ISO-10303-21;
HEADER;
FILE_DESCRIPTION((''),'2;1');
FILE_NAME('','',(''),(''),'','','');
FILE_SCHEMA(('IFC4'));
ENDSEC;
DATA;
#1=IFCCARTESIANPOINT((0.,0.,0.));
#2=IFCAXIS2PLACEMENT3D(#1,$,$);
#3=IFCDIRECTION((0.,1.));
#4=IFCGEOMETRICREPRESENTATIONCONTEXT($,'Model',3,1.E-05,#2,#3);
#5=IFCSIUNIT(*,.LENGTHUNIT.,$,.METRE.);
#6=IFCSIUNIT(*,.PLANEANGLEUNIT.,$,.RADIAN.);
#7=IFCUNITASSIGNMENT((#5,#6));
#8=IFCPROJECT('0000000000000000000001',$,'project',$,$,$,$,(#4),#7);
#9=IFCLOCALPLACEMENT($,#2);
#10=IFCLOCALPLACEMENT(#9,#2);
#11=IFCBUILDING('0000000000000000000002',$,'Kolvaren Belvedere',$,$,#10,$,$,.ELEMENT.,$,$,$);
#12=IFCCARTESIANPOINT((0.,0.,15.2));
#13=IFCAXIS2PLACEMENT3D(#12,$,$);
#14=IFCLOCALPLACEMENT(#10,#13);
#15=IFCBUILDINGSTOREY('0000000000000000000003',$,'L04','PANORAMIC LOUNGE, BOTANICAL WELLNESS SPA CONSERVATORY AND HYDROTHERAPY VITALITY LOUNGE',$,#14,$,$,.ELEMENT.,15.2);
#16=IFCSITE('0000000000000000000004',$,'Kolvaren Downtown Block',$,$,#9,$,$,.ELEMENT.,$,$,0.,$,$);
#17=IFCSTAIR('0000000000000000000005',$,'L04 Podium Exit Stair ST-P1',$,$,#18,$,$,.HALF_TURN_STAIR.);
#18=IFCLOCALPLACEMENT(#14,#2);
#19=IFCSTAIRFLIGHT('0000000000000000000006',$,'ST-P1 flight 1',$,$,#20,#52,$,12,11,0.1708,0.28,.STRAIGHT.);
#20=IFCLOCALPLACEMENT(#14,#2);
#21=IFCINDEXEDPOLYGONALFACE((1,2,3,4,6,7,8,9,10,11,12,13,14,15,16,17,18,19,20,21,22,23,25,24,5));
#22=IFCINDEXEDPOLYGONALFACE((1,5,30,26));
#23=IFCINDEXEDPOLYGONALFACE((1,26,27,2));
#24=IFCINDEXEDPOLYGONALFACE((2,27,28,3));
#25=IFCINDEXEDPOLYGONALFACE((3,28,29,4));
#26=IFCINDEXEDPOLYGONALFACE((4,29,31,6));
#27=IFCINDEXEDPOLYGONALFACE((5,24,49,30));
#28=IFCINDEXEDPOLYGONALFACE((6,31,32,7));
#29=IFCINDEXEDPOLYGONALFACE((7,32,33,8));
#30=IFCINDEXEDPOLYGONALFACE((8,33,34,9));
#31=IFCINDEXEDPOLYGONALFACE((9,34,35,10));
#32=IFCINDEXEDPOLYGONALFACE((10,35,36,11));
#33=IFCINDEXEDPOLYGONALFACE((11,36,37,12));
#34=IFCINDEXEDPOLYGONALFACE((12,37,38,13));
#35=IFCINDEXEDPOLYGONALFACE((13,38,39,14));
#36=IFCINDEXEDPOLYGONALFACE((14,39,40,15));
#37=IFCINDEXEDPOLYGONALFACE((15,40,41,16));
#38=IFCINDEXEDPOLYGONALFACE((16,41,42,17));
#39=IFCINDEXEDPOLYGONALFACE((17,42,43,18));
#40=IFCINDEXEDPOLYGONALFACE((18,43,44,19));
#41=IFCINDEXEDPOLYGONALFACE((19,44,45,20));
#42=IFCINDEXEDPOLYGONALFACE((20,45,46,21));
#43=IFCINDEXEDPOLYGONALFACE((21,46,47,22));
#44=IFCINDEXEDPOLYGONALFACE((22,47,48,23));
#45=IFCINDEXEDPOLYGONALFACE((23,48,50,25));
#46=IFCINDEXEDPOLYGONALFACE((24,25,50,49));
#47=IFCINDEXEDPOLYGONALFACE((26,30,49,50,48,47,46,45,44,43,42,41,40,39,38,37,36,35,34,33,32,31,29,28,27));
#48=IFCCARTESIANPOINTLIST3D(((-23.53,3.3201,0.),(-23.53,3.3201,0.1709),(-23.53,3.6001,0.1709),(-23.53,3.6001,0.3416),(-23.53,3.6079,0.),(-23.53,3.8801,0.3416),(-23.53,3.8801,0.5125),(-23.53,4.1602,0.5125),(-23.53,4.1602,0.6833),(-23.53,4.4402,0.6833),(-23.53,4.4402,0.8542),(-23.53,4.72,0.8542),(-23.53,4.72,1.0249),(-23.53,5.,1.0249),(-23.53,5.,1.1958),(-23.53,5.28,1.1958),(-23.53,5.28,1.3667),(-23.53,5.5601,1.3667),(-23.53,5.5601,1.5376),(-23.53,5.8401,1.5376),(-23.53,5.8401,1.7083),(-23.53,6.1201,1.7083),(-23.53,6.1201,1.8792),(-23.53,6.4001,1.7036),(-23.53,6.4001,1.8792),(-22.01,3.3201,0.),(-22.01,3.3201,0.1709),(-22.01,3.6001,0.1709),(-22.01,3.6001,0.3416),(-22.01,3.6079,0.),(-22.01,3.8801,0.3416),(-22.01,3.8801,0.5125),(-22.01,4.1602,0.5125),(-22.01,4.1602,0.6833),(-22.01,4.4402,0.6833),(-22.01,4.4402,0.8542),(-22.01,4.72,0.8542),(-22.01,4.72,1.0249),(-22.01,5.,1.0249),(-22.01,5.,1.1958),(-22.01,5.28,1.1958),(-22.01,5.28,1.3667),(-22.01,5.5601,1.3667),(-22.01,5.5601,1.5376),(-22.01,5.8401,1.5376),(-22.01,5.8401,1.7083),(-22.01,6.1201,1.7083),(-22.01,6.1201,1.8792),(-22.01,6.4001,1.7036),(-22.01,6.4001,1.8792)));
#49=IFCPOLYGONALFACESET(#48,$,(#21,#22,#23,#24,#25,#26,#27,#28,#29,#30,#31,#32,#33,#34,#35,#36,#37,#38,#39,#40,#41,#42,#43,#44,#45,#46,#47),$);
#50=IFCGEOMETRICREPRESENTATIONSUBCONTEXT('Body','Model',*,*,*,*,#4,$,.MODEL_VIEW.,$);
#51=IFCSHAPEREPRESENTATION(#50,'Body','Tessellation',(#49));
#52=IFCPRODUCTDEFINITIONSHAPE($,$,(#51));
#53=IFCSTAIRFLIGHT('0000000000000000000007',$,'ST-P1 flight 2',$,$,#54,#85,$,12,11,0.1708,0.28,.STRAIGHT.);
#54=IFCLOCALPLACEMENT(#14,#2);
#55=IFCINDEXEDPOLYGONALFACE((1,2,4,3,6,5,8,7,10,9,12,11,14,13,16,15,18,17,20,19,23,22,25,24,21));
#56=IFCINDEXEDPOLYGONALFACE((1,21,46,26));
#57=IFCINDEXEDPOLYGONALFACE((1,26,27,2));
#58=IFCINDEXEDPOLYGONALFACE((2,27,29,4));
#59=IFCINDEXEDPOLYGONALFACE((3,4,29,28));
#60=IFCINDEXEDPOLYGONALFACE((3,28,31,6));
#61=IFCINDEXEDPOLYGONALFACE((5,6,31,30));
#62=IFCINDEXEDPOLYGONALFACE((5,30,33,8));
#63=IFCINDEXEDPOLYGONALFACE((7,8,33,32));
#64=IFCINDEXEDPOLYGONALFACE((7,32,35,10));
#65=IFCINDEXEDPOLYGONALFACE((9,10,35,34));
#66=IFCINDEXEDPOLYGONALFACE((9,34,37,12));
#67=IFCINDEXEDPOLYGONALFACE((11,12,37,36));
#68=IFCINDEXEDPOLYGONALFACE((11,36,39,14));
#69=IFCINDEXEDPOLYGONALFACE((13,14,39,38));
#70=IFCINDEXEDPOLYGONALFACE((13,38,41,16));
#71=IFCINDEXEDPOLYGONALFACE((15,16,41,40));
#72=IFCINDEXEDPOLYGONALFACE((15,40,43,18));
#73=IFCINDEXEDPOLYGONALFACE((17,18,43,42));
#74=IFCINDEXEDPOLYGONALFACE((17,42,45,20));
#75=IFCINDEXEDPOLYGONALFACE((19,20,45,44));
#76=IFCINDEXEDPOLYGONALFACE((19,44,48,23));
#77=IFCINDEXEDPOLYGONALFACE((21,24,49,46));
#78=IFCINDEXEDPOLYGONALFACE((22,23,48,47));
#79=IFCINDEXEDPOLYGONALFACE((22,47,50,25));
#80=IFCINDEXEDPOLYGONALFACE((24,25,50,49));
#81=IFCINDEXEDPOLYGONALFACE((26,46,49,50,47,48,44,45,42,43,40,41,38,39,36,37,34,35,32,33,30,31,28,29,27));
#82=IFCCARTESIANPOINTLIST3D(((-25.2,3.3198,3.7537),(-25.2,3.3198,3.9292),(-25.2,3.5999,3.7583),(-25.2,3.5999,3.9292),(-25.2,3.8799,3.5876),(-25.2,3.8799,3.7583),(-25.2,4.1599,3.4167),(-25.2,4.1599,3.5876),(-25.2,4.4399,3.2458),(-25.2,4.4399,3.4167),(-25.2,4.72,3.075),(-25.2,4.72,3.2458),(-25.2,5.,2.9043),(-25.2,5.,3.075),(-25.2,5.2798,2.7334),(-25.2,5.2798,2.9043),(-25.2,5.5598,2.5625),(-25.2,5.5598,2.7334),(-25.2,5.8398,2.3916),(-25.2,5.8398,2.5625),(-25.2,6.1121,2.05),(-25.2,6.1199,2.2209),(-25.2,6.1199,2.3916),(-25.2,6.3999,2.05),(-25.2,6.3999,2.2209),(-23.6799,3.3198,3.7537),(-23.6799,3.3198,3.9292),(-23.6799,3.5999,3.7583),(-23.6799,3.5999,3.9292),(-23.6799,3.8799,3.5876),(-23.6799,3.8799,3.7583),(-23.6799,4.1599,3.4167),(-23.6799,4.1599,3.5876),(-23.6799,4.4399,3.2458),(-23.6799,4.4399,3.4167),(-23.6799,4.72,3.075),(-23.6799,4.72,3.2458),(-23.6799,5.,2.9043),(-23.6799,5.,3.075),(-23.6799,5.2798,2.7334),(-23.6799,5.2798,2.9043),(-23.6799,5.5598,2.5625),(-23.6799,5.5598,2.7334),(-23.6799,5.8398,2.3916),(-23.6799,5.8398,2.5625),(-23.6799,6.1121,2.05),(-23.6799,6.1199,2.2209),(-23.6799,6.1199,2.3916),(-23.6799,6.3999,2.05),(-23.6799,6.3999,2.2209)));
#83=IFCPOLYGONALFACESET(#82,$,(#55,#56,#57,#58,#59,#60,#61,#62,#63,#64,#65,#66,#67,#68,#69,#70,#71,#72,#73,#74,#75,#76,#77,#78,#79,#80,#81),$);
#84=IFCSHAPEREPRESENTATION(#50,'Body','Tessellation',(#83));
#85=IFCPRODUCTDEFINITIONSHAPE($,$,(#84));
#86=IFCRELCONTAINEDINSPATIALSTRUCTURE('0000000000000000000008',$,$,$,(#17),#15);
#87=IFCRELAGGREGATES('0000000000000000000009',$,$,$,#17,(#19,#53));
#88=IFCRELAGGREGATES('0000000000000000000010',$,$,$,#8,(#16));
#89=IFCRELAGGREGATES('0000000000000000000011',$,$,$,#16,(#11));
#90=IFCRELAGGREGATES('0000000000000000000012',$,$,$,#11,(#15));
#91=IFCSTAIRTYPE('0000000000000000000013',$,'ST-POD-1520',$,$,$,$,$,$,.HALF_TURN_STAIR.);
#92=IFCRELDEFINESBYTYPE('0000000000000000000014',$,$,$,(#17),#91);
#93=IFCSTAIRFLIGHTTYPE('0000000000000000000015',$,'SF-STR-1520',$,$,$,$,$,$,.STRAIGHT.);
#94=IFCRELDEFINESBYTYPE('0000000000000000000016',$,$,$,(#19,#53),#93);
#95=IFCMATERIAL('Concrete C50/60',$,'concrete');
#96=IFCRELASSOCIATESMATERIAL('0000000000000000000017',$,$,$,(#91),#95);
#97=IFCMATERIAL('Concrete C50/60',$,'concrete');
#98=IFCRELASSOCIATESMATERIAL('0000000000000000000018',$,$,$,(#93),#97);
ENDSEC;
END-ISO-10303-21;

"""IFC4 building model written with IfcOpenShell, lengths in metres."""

from ifc_helpers import new_model, si_unit, direction, frame, origin, place, context, subcontext, project, spatial, polyline, outline, extrude, material, type_object, element, aggregate, save


model = new_model("IFC4")

# Units and contexts
model_context = context("Model", 3, precision=1e-05, world=origin(), true_north=direction((0.0, 1.0)))
body_context = subcontext(model_context, "Body", "Model", "MODEL_VIEW")
ifc_project = project(units=[si_unit("LENGTHUNIT", "METRE"), si_unit("PLANEANGLEUNIT", "RADIAN")], contexts=[model_context])

# Site, building, storey
site_placement = place(None, origin())
site = spatial("IfcSite", under=ifc_project, at=site_placement, Name="Kolvaren Downtown Block", CompositionType="ELEMENT", RefElevation=0.0)
building_placement = place(site_placement, origin())
building = spatial("IfcBuilding", under=site, at=building_placement, Name="Kolvaren Belvedere", CompositionType="ELEMENT")
storey_placement = place(building_placement, frame((0.0, 0.0, 15.2)))
storey = spatial("IfcBuildingStorey", under=building, at=storey_placement, Name="L04", Description="PANORAMIC LOUNGE, BOTANICAL WELLNESS SPA CONSERVATORY AND HYDROTHERAPY VITALITY LOUNGE", CompositionType="ELEMENT", Elevation=15.2)

# Stair, stair flights
ifc_material_1 = material(Name="Concrete C50/60", Category="concrete")
stair_type = type_object("IfcStairType", Name="ST-POD-1520", PredefinedType="HALF_TURN_STAIR", material=ifc_material_1)
stair_placement = place(storey_placement, origin())
stair = element("IfcStair", 1, at=stair_placement, inside=storey, type_object=stair_type, Name="L04 Podium Exit Stair ST-P1", PredefinedType="HALF_TURN_STAIR")
ifc_material_2 = material(Name="Concrete C50/60", Category="concrete")
stair_flight_type = type_object("IfcStairFlightType", Name="SF-STR-1520", PredefinedType="STRAIGHT", material=ifc_material_2)
stair_flight_1_placement = place(storey_placement, frame((-22.77, 3.3201, 0.0), z_axis=(0.0, 0.0, 1.0), x_axis=(0.0, 1.0, 0.0)))
stair_flight_1 = element("IfcStairFlight", 2, at=stair_flight_1_placement, type_object=stair_flight_type, Name="ST-P1 flight 1", NumberOfRisers=12, NumberOfTreads=11, PredefinedType="STRAIGHT", RiserHeight=0.1708, TreadLength=0.28, context=body_context, shape_type="SweptSolid", body=[
    extrude(outline(polyline([(0.0, 0.0), (0.0, 0.1709), (0.28, 0.1709), (0.28, 0.3416), (0.5601, 0.3416), (0.5601, 0.5125), (0.8401, 0.5125), (0.8401, 0.6833), (1.1201, 0.6833), (1.1201, 0.8542), (1.3999, 0.8542), (1.3999, 1.0249), (1.6799, 1.0249), (1.6799, 1.1958), (1.96, 1.1958), (1.96, 1.3667), (2.24, 1.3667), (2.24, 1.5376), (2.52, 1.5376), (2.52, 1.7083), (2.8, 1.7083), (2.8, 1.8792), (3.0801, 1.8792), (3.0801, 2.05), (3.0801, 1.7036), (0.2878, 0.0), (0.0, 0.0)])), frame((0.0, 0.76, 0.0), z_axis=(0.0, -1.0, 0.0), x_axis=(1.0, 0.0, 0.0)), (0.0, 0.0, 1.0), 1.52),
])
stair_flight_2_placement = place(storey_placement, frame((-24.4399, 6.3999, 2.05), z_axis=(0.0, 0.0, 1.0), x_axis=(0.0, -1.0, 0.0)))
stair_flight_2 = element("IfcStairFlight", 3, at=stair_flight_2_placement, type_object=stair_flight_type, Name="ST-P1 flight 2", NumberOfRisers=12, NumberOfTreads=11, PredefinedType="STRAIGHT", RiserHeight=0.1708, TreadLength=0.28, context=body_context, shape_type="SweptSolid", body=[
    extrude(outline(polyline([(0.0, 0.0), (0.0, 0.1709), (0.28, 0.1709), (0.28, 0.3416), (0.5601, 0.3416), (0.5601, 0.5125), (0.8401, 0.5125), (0.8401, 0.6833), (1.1201, 0.6833), (1.1201, 0.8542), (1.3999, 0.8542), (1.3999, 1.0249), (1.6799, 1.0249), (1.6799, 1.1958), (1.96, 1.1958), (1.96, 1.3667), (2.24, 1.3667), (2.24, 1.5376), (2.52, 1.5376), (2.52, 1.7083), (2.8, 1.7083), (2.8, 1.8792), (3.0801, 1.8792), (3.0801, 2.05), (3.0801, 1.7036), (0.2878, 0.0), (0.0, 0.0)])), frame((0.0, 0.76, 0.0), z_axis=(0.0, -1.0, 0.0), x_axis=(1.0, 0.0, 0.0)), (0.0, 0.0, 1.0), 1.52),
])
aggregate(stair, [stair_flight_1, stair_flight_2])

save(model, "model.ifc")
